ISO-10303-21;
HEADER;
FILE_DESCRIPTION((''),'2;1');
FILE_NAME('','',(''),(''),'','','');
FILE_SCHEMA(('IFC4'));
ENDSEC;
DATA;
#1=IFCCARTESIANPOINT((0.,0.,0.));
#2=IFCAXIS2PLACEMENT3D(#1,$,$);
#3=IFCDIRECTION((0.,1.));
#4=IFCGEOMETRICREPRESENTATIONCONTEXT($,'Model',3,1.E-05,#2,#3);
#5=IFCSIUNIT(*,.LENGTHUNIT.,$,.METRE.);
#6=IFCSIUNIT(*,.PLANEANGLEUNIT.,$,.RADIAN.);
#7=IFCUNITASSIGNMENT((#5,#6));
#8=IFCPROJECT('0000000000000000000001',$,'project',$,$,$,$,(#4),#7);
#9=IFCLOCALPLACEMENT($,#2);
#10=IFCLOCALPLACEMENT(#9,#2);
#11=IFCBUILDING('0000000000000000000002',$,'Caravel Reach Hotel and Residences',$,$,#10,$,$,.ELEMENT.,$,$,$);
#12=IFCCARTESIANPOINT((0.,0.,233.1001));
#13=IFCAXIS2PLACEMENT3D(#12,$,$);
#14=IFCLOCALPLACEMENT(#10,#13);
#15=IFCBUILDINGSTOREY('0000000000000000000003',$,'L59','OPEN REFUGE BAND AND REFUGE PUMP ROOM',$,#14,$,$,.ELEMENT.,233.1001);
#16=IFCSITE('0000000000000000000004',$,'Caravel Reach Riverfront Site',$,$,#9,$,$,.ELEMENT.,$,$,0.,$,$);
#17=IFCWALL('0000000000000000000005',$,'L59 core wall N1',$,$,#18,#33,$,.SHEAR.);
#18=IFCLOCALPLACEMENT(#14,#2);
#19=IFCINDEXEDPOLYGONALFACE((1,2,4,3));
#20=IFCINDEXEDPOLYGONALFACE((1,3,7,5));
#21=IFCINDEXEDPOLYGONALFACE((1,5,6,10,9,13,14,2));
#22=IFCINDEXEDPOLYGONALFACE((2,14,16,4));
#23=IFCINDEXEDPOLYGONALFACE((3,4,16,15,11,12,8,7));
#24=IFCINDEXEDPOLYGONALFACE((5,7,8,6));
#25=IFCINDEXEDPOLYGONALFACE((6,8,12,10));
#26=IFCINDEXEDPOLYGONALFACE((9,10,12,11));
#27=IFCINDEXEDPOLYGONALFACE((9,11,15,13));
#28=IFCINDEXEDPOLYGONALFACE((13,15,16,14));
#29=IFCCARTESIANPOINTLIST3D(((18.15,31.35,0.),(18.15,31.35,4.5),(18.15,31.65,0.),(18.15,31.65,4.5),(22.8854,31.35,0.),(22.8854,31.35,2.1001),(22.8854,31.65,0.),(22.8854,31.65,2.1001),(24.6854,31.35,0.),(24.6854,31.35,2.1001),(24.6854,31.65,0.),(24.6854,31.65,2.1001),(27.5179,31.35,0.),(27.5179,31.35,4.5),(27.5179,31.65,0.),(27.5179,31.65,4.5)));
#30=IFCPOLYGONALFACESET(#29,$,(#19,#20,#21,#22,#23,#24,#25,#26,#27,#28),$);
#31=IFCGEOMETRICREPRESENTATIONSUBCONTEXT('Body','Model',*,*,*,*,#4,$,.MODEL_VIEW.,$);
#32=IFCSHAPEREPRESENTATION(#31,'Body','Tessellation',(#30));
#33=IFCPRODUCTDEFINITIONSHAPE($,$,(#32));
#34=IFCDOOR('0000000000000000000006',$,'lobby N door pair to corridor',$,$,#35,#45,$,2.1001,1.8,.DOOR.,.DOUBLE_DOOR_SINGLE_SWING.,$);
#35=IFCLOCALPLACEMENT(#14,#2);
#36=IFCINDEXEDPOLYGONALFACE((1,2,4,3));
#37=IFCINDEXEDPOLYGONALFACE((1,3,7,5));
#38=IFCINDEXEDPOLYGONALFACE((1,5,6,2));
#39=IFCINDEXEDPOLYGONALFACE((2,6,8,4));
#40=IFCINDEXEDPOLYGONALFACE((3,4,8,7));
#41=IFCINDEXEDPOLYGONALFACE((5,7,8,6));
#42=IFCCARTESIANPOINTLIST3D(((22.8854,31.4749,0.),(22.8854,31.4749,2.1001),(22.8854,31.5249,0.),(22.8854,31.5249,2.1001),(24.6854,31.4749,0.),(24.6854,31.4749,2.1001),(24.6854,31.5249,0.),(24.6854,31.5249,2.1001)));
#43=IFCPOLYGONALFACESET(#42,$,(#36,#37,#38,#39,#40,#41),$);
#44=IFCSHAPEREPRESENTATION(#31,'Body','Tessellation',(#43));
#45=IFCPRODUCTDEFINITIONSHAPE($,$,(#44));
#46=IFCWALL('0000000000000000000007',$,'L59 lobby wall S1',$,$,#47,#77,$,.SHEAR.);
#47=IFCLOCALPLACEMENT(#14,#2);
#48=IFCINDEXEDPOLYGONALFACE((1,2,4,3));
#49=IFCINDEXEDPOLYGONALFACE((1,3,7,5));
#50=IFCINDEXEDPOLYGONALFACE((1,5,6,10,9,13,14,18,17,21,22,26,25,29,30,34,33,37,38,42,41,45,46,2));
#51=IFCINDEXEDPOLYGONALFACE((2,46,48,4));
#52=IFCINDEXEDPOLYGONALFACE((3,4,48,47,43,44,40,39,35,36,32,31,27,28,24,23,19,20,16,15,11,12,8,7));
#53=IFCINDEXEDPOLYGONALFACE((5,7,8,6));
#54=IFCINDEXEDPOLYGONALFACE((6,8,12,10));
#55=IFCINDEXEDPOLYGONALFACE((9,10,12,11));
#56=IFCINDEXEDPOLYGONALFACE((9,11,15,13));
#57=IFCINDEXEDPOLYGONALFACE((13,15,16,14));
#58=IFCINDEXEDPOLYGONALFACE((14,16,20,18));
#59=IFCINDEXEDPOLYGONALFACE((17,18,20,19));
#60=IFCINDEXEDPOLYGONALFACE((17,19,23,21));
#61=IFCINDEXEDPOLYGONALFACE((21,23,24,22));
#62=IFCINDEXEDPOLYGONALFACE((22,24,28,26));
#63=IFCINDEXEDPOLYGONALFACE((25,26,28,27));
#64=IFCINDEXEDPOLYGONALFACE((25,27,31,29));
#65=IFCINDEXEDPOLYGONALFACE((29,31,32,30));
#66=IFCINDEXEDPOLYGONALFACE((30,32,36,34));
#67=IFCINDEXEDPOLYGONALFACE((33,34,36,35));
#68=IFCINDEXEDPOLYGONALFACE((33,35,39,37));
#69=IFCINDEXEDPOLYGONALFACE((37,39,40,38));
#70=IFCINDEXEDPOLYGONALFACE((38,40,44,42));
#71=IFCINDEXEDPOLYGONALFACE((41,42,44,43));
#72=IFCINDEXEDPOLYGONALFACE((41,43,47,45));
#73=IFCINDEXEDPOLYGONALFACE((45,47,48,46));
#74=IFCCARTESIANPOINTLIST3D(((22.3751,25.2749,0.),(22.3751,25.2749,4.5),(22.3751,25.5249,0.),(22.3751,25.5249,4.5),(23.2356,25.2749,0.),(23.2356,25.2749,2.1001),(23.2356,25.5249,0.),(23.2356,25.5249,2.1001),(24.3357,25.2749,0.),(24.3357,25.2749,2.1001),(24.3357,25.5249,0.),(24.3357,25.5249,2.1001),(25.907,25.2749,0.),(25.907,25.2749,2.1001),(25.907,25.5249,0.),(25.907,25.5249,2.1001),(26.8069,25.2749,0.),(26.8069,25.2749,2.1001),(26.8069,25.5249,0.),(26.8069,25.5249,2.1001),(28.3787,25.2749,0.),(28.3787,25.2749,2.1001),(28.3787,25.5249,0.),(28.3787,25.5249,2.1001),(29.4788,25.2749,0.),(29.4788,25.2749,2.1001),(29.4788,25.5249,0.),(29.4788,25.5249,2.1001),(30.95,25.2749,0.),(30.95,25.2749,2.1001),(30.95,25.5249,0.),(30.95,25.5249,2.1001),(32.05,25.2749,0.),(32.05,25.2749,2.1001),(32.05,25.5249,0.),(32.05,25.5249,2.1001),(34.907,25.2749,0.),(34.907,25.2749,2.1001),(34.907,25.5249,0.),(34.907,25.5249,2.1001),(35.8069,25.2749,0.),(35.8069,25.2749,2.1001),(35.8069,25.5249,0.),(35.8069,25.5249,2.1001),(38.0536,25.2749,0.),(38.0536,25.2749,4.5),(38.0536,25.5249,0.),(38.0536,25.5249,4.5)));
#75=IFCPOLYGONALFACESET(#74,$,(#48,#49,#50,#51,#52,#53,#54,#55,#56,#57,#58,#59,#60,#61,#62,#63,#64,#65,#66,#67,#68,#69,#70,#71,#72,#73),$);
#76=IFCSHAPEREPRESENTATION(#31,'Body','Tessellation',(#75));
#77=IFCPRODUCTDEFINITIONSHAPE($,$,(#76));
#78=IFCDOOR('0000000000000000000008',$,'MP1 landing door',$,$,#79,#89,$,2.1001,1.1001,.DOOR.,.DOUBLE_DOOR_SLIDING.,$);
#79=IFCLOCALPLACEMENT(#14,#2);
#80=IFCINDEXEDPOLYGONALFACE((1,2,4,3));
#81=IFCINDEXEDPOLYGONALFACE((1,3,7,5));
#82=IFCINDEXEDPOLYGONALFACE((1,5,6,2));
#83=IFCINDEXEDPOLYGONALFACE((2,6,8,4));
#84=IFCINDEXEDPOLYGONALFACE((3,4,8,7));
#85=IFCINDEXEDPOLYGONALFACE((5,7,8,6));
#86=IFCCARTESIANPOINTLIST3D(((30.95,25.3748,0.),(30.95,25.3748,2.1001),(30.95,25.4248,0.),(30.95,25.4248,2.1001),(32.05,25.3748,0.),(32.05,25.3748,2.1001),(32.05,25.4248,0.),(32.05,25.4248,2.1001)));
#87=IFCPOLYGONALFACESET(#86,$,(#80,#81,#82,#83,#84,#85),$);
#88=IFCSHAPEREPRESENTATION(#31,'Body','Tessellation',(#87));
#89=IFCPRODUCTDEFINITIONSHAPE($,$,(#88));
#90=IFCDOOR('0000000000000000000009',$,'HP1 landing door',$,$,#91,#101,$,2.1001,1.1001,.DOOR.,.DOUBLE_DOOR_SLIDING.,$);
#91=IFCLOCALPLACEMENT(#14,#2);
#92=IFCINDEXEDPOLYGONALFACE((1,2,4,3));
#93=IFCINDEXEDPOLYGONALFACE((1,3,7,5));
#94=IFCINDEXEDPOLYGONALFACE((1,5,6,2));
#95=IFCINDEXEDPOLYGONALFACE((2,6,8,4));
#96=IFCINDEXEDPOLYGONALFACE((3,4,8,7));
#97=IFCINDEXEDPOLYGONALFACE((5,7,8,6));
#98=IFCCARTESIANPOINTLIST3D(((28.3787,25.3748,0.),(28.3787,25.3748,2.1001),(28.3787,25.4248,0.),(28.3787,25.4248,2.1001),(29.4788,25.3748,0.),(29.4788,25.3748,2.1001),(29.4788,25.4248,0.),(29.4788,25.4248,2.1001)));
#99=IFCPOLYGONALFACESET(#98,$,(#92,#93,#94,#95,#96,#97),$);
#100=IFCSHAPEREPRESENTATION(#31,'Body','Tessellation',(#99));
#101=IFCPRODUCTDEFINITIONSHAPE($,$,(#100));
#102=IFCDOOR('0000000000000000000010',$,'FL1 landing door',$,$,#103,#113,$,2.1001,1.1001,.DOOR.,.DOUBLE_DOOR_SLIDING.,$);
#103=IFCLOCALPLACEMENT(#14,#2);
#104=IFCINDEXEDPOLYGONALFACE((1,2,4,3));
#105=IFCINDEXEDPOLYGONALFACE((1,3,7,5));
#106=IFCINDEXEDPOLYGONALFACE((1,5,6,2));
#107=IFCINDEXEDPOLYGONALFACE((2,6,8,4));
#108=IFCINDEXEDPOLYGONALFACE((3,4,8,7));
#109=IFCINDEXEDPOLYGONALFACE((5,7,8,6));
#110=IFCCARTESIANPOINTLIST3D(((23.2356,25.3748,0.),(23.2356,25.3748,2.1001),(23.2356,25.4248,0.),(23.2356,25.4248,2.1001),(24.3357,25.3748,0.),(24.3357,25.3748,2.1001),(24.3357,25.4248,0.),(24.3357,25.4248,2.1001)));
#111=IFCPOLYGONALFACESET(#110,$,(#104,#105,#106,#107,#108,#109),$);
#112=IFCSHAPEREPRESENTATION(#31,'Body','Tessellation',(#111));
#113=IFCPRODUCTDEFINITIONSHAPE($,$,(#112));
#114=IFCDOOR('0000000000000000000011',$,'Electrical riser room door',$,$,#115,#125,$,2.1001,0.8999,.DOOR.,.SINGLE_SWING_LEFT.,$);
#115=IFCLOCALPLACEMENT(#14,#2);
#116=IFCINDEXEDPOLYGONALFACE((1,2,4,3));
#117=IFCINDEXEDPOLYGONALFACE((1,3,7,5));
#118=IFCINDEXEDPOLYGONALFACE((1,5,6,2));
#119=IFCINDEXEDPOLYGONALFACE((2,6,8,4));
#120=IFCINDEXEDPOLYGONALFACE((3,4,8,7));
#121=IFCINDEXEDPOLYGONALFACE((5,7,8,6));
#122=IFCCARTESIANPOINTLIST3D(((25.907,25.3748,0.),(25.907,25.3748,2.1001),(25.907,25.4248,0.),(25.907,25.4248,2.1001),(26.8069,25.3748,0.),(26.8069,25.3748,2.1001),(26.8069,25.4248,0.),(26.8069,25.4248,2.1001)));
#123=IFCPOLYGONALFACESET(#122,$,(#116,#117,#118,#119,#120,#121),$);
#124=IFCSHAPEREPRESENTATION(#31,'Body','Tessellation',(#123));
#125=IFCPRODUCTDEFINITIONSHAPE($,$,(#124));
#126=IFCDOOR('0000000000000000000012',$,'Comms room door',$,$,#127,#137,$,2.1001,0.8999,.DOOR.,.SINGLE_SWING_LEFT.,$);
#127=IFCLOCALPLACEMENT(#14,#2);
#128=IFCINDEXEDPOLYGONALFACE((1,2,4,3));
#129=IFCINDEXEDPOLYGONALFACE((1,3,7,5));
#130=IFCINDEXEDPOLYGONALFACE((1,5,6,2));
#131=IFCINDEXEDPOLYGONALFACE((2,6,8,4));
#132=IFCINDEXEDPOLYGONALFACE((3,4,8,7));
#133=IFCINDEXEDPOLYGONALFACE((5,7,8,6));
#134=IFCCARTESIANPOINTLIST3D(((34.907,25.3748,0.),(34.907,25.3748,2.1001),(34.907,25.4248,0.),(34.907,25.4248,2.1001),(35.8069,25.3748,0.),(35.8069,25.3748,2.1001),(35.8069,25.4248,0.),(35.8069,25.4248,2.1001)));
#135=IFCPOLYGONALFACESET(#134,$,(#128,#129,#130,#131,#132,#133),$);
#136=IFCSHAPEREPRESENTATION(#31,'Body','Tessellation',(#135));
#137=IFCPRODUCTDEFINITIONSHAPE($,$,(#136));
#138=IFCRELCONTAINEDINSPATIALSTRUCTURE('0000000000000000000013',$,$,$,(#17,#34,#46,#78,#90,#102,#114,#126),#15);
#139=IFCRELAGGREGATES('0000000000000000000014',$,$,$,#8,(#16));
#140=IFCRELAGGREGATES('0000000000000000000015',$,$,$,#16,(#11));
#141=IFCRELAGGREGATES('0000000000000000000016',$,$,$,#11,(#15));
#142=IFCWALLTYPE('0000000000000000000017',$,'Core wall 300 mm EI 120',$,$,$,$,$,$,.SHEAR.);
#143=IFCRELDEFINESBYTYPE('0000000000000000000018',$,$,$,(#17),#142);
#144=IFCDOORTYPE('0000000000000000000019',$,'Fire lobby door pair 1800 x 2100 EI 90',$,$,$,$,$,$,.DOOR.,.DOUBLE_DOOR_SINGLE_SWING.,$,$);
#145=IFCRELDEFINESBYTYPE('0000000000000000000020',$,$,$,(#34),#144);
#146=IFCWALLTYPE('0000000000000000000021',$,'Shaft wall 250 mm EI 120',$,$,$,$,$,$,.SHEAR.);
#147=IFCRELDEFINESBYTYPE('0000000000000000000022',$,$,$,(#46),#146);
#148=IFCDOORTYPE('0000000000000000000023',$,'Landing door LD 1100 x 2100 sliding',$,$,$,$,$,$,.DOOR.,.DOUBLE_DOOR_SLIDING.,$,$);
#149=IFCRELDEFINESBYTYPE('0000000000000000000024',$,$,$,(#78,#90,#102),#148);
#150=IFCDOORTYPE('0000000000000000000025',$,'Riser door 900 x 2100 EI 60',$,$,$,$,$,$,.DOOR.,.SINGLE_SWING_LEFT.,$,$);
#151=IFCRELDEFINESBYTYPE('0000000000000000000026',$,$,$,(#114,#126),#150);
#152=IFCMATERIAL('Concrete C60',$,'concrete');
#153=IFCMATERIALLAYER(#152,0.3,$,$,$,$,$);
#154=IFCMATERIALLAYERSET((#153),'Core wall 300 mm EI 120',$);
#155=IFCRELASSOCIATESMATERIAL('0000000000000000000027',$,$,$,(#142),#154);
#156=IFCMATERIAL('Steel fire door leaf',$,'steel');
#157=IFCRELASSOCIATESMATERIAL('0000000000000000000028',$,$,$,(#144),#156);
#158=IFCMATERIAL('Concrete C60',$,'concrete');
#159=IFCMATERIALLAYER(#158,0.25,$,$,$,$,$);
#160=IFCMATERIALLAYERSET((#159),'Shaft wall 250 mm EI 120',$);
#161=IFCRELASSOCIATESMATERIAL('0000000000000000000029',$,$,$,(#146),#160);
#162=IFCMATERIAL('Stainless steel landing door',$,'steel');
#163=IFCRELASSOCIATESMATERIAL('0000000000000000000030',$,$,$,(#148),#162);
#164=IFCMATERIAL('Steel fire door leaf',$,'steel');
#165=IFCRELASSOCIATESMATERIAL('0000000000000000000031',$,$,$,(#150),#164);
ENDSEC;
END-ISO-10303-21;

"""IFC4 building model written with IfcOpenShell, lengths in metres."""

from ifc_helpers import new_model, si_unit, direction, frame, frame_2d, origin, place, context, subcontext, project, spatial, rectangle, extrude, material, layer, layer_set, type_object, element, fill, save


model = new_model("IFC4")

# Units and contexts
model_context = context("Model", 3, precision=1e-05, world=origin(), true_north=direction((0.0, 1.0)))
body_context = subcontext(model_context, "Body", "Model", "MODEL_VIEW")
ifc_project = project(units=[si_unit("LENGTHUNIT", "METRE"), si_unit("PLANEANGLEUNIT", "RADIAN")], contexts=[model_context])

# Site, building, storey
site_placement = place(None, origin())
site = spatial("IfcSite", under=ifc_project, at=site_placement, Name="Caravel Reach Riverfront Site", CompositionType="ELEMENT", RefElevation=0.0)
building_placement = place(site_placement, origin())
building = spatial("IfcBuilding", under=site, at=building_placement, Name="Caravel Reach Hotel and Residences", CompositionType="ELEMENT")
storey_placement = place(building_placement, frame((0.0, 0.0, 233.1001)))
storey = spatial("IfcBuildingStorey", under=building, at=storey_placement, Name="L59", Description="OPEN REFUGE BAND AND REFUGE PUMP ROOM", CompositionType="ELEMENT", Elevation=233.1001)

# Wall, opening, door
ifc_material_1 = material(Name="Concrete C60", Category="concrete")
ifc_layer_1 = layer(ifc_material_1, 0.3)
ifc_layer_set_1 = layer_set([ifc_layer_1], Name="Core wall 300 mm EI 120")
wall_type_1 = type_object("IfcWallType", Name="Core wall 300 mm EI 120", PredefinedType="SHEAR", material=ifc_layer_set_1)
wall_1_placement = place(storey_placement, frame((18.1499, 31.5, 0.0), z_axis=(0.0, 0.0, 1.0), x_axis=(1.0, 0.0, 0.0)))
wall_1 = element("IfcWall", 1, at=wall_1_placement, inside=storey, type_object=wall_type_1, Name="L59 core wall N1", PredefinedType="SHEAR", context=body_context, shape_type="SweptSolid", body=[
    extrude(rectangle(XDim=9.3679, YDim=0.3, at=frame_2d((4.6841, 0.0))), origin(), (0.0, 0.0, 1.0), 4.5),
])
opening_1_placement = place(wall_1_placement, frame((4.7356, 0.0, 0.0)))
opening_1 = element("IfcOpeningElement", 2, at=opening_1_placement, cuts=wall_1, PredefinedType="OPENING", context=body_context, shape_type="SweptSolid", body=[
    extrude(rectangle(XDim=1.8, YDim=2.1001, at=frame_2d((0.8999, 1.05))), frame((0.0, 0.1599, 0.0), z_axis=(0.0, -1.0, 0.0), x_axis=(1.0, 0.0, 0.0)), (0.0, 0.0, 1.0), 0.3201),
])
ifc_material_2 = material(Name="Steel fire door leaf", Category="steel")
door_type_1 = type_object("IfcDoorType", Name="Fire lobby door pair 1800 x 2100 EI 90", OperationType="DOUBLE_DOOR_SINGLE_SWING", PredefinedType="DOOR", material=ifc_material_2)
door_1_placement = place(opening_1_placement, origin())
door_1 = element("IfcDoor", 3, at=door_1_placement, inside=storey, type_object=door_type_1, Name="lobby N door pair to corridor", OperationType="DOUBLE_DOOR_SINGLE_SWING", OverallHeight=2.1001, OverallWidth=1.8, PredefinedType="DOOR", context=body_context, shape_type="SweptSolid", body=[
    extrude(rectangle(XDim=1.8, YDim=2.1001, at=frame_2d((0.8999, 1.05))), frame((0.0, 0.0249, 0.0), z_axis=(0.0, -1.0, 0.0), x_axis=(1.0, 0.0, 0.0)), (0.0, 0.0, 1.0), 0.05),
])
fill(opening_1, door_1)

# Wall, openings, doors
ifc_material_3 = material(Name="Concrete C60", Category="concrete")
ifc_layer_2 = layer(ifc_material_3, 0.25)
ifc_layer_set_2 = layer_set([ifc_layer_2], Name="Shaft wall 250 mm EI 120")
wall_type_2 = type_object("IfcWallType", Name="Shaft wall 250 mm EI 120", PredefinedType="SHEAR", material=ifc_layer_set_2)
wall_2_placement = place(storey_placement, frame((22.375, 25.3999, 0.0), z_axis=(0.0, 0.0, 1.0), x_axis=(1.0, 0.0, 0.0)))
wall_2 = element("IfcWall", 4, at=wall_2_placement, inside=storey, type_object=wall_type_2, Name="L59 lobby wall S1", PredefinedType="SHEAR", context=body_context, shape_type="SweptSolid", body=[
    extrude(rectangle(XDim=15.6785, YDim=0.25, at=frame_2d((7.8394, 0.0))), origin(), (0.0, 0.0, 1.0), 4.5),
])
opening_2_placement = place(wall_2_placement, frame((8.575, 0.0, 0.0)))
opening_2 = element("IfcOpeningElement", 5, at=opening_2_placement, cuts=wall_2, PredefinedType="OPENING", context=body_context, shape_type="SweptSolid", body=[
    extrude(rectangle(XDim=1.1001, YDim=2.1001, at=frame_2d((0.55, 1.05))), frame((0.0, 0.135, 0.0), z_axis=(0.0, -1.0, 0.0), x_axis=(1.0, 0.0, 0.0)), (0.0, 0.0, 1.0), 0.27),
])
opening_3_placement = place(wall_2_placement, frame((6.0037, 0.0, 0.0)))
opening_3 = element("IfcOpeningElement", 6, at=opening_3_placement, cuts=wall_2, PredefinedType="OPENING", context=body_context, shape_type="SweptSolid", body=[
    extrude(rectangle(XDim=1.1001, YDim=2.1001, at=frame_2d((0.55, 1.05))), frame((0.0, 0.135, 0.0), z_axis=(0.0, -1.0, 0.0), x_axis=(1.0, 0.0, 0.0)), (0.0, 0.0, 1.0), 0.27),
])
opening_4_placement = place(wall_2_placement, frame((0.8606, 0.0, 0.0)))
opening_4 = element("IfcOpeningElement", 7, at=opening_4_placement, cuts=wall_2, PredefinedType="OPENING", context=body_context, shape_type="SweptSolid", body=[
    extrude(rectangle(XDim=1.1001, YDim=2.1001, at=frame_2d((0.55, 1.05))), frame((0.0, 0.135, 0.0), z_axis=(0.0, -1.0, 0.0), x_axis=(1.0, 0.0, 0.0)), (0.0, 0.0, 1.0), 0.27),
])
opening_5_placement = place(wall_2_placement, frame((3.532, 0.0, 0.0)))
opening_5 = element("IfcOpeningElement", 8, at=opening_5_placement, cuts=wall_2, PredefinedType="OPENING", context=body_context, shape_type="SweptSolid", body=[
    extrude(rectangle(XDim=0.8999, YDim=2.1001, at=frame_2d((0.45, 1.05))), frame((0.0, 0.135, 0.0), z_axis=(0.0, -1.0, 0.0), x_axis=(1.0, 0.0, 0.0)), (0.0, 0.0, 1.0), 0.27),
])
opening_6_placement = place(wall_2_placement, frame((12.532, 0.0, 0.0)))
opening_6 = element("IfcOpeningElement", 9, at=opening_6_placement, cuts=wall_2, PredefinedType="OPENING", context=body_context, shape_type="SweptSolid", body=[
    extrude(rectangle(XDim=0.8999, YDim=2.1001, at=frame_2d((0.45, 1.05))), frame((0.0, 0.135, 0.0), z_axis=(0.0, -1.0, 0.0), x_axis=(1.0, 0.0, 0.0)), (0.0, 0.0, 1.0), 0.27),
])
ifc_material_4 = material(Name="Stainless steel landing door", Category="steel")
door_type_2 = type_object("IfcDoorType", Name="Landing door LD 1100 x 2100 sliding", OperationType="DOUBLE_DOOR_SLIDING", PredefinedType="DOOR", material=ifc_material_4)
door_2_placement = place(opening_2_placement, origin())
door_2 = element("IfcDoor", 10, at=door_2_placement, inside=storey, type_object=door_type_2, Name="MP1 landing door", OperationType="DOUBLE_DOOR_SLIDING", OverallHeight=2.1001, OverallWidth=1.1001, PredefinedType="DOOR", context=body_context, shape_type="SweptSolid", body=[
    extrude(rectangle(XDim=1.1001, YDim=2.1001, at=frame_2d((0.55, 1.05))), frame((0.0, 0.0249, 0.0), z_axis=(0.0, -1.0, 0.0), x_axis=(1.0, 0.0, 0.0)), (0.0, 0.0, 1.0), 0.05),
])
fill(opening_2, door_2)
door_3_placement = place(opening_3_placement, origin())
door_3 = element("IfcDoor", 11, at=door_3_placement, inside=storey, type_object=door_type_2, Name="HP1 landing door", OperationType="DOUBLE_DOOR_SLIDING", OverallHeight=2.1001, OverallWidth=1.1001, PredefinedType="DOOR", context=body_context, shape_type="SweptSolid", body=[
    extrude(rectangle(XDim=1.1001, YDim=2.1001, at=frame_2d((0.55, 1.05))), frame((0.0, 0.0249, 0.0), z_axis=(0.0, -1.0, 0.0), x_axis=(1.0, 0.0, 0.0)), (0.0, 0.0, 1.0), 0.05),
])
fill(opening_3, door_3)
door_4_placement = place(opening_4_placement, origin())
door_4 = element("IfcDoor", 12, at=door_4_placement, inside=storey, type_object=door_type_2, Name="FL1 landing door", OperationType="DOUBLE_DOOR_SLIDING", OverallHeight=2.1001, OverallWidth=1.1001, PredefinedType="DOOR", context=body_context, shape_type="SweptSolid", body=[
    extrude(rectangle(XDim=1.1001, YDim=2.1001, at=frame_2d((0.55, 1.05))), frame((0.0, 0.0249, 0.0), z_axis=(0.0, -1.0, 0.0), x_axis=(1.0, 0.0, 0.0)), (0.0, 0.0, 1.0), 0.05),
])
fill(opening_4, door_4)
ifc_material_5 = material(Name="Steel fire door leaf", Category="steel")
door_type_3 = type_object("IfcDoorType", Name="Riser door 900 x 2100 EI 60", OperationType="SINGLE_SWING_LEFT", PredefinedType="DOOR", material=ifc_material_5)
door_5_placement = place(opening_5_placement, origin())
door_5 = element("IfcDoor", 13, at=door_5_placement, inside=storey, type_object=door_type_3, Name="Electrical riser room door", OperationType="SINGLE_SWING_LEFT", OverallHeight=2.1001, OverallWidth=0.8999, PredefinedType="DOOR", context=body_context, shape_type="SweptSolid", body=[
    extrude(rectangle(XDim=0.8999, YDim=2.1001, at=frame_2d((0.45, 1.05))), frame((0.0, 0.0249, 0.0), z_axis=(0.0, -1.0, 0.0), x_axis=(1.0, 0.0, 0.0)), (0.0, 0.0, 1.0), 0.05),
])
fill(opening_5, door_5)
door_6_placement = place(opening_6_placement, origin())
door_6 = element("IfcDoor", 14, at=door_6_placement, inside=storey, type_object=door_type_3, Name="Comms room door", OperationType="SINGLE_SWING_LEFT", OverallHeight=2.1001, OverallWidth=0.8999, PredefinedType="DOOR", context=body_context, shape_type="SweptSolid", body=[
    extrude(rectangle(XDim=0.8999, YDim=2.1001, at=frame_2d((0.45, 1.05))), frame((0.0, 0.0249, 0.0), z_axis=(0.0, -1.0, 0.0), x_axis=(1.0, 0.0, 0.0)), (0.0, 0.0, 1.0), 0.05),
])
fill(opening_6, door_6)

save(model, "model.ifc")
